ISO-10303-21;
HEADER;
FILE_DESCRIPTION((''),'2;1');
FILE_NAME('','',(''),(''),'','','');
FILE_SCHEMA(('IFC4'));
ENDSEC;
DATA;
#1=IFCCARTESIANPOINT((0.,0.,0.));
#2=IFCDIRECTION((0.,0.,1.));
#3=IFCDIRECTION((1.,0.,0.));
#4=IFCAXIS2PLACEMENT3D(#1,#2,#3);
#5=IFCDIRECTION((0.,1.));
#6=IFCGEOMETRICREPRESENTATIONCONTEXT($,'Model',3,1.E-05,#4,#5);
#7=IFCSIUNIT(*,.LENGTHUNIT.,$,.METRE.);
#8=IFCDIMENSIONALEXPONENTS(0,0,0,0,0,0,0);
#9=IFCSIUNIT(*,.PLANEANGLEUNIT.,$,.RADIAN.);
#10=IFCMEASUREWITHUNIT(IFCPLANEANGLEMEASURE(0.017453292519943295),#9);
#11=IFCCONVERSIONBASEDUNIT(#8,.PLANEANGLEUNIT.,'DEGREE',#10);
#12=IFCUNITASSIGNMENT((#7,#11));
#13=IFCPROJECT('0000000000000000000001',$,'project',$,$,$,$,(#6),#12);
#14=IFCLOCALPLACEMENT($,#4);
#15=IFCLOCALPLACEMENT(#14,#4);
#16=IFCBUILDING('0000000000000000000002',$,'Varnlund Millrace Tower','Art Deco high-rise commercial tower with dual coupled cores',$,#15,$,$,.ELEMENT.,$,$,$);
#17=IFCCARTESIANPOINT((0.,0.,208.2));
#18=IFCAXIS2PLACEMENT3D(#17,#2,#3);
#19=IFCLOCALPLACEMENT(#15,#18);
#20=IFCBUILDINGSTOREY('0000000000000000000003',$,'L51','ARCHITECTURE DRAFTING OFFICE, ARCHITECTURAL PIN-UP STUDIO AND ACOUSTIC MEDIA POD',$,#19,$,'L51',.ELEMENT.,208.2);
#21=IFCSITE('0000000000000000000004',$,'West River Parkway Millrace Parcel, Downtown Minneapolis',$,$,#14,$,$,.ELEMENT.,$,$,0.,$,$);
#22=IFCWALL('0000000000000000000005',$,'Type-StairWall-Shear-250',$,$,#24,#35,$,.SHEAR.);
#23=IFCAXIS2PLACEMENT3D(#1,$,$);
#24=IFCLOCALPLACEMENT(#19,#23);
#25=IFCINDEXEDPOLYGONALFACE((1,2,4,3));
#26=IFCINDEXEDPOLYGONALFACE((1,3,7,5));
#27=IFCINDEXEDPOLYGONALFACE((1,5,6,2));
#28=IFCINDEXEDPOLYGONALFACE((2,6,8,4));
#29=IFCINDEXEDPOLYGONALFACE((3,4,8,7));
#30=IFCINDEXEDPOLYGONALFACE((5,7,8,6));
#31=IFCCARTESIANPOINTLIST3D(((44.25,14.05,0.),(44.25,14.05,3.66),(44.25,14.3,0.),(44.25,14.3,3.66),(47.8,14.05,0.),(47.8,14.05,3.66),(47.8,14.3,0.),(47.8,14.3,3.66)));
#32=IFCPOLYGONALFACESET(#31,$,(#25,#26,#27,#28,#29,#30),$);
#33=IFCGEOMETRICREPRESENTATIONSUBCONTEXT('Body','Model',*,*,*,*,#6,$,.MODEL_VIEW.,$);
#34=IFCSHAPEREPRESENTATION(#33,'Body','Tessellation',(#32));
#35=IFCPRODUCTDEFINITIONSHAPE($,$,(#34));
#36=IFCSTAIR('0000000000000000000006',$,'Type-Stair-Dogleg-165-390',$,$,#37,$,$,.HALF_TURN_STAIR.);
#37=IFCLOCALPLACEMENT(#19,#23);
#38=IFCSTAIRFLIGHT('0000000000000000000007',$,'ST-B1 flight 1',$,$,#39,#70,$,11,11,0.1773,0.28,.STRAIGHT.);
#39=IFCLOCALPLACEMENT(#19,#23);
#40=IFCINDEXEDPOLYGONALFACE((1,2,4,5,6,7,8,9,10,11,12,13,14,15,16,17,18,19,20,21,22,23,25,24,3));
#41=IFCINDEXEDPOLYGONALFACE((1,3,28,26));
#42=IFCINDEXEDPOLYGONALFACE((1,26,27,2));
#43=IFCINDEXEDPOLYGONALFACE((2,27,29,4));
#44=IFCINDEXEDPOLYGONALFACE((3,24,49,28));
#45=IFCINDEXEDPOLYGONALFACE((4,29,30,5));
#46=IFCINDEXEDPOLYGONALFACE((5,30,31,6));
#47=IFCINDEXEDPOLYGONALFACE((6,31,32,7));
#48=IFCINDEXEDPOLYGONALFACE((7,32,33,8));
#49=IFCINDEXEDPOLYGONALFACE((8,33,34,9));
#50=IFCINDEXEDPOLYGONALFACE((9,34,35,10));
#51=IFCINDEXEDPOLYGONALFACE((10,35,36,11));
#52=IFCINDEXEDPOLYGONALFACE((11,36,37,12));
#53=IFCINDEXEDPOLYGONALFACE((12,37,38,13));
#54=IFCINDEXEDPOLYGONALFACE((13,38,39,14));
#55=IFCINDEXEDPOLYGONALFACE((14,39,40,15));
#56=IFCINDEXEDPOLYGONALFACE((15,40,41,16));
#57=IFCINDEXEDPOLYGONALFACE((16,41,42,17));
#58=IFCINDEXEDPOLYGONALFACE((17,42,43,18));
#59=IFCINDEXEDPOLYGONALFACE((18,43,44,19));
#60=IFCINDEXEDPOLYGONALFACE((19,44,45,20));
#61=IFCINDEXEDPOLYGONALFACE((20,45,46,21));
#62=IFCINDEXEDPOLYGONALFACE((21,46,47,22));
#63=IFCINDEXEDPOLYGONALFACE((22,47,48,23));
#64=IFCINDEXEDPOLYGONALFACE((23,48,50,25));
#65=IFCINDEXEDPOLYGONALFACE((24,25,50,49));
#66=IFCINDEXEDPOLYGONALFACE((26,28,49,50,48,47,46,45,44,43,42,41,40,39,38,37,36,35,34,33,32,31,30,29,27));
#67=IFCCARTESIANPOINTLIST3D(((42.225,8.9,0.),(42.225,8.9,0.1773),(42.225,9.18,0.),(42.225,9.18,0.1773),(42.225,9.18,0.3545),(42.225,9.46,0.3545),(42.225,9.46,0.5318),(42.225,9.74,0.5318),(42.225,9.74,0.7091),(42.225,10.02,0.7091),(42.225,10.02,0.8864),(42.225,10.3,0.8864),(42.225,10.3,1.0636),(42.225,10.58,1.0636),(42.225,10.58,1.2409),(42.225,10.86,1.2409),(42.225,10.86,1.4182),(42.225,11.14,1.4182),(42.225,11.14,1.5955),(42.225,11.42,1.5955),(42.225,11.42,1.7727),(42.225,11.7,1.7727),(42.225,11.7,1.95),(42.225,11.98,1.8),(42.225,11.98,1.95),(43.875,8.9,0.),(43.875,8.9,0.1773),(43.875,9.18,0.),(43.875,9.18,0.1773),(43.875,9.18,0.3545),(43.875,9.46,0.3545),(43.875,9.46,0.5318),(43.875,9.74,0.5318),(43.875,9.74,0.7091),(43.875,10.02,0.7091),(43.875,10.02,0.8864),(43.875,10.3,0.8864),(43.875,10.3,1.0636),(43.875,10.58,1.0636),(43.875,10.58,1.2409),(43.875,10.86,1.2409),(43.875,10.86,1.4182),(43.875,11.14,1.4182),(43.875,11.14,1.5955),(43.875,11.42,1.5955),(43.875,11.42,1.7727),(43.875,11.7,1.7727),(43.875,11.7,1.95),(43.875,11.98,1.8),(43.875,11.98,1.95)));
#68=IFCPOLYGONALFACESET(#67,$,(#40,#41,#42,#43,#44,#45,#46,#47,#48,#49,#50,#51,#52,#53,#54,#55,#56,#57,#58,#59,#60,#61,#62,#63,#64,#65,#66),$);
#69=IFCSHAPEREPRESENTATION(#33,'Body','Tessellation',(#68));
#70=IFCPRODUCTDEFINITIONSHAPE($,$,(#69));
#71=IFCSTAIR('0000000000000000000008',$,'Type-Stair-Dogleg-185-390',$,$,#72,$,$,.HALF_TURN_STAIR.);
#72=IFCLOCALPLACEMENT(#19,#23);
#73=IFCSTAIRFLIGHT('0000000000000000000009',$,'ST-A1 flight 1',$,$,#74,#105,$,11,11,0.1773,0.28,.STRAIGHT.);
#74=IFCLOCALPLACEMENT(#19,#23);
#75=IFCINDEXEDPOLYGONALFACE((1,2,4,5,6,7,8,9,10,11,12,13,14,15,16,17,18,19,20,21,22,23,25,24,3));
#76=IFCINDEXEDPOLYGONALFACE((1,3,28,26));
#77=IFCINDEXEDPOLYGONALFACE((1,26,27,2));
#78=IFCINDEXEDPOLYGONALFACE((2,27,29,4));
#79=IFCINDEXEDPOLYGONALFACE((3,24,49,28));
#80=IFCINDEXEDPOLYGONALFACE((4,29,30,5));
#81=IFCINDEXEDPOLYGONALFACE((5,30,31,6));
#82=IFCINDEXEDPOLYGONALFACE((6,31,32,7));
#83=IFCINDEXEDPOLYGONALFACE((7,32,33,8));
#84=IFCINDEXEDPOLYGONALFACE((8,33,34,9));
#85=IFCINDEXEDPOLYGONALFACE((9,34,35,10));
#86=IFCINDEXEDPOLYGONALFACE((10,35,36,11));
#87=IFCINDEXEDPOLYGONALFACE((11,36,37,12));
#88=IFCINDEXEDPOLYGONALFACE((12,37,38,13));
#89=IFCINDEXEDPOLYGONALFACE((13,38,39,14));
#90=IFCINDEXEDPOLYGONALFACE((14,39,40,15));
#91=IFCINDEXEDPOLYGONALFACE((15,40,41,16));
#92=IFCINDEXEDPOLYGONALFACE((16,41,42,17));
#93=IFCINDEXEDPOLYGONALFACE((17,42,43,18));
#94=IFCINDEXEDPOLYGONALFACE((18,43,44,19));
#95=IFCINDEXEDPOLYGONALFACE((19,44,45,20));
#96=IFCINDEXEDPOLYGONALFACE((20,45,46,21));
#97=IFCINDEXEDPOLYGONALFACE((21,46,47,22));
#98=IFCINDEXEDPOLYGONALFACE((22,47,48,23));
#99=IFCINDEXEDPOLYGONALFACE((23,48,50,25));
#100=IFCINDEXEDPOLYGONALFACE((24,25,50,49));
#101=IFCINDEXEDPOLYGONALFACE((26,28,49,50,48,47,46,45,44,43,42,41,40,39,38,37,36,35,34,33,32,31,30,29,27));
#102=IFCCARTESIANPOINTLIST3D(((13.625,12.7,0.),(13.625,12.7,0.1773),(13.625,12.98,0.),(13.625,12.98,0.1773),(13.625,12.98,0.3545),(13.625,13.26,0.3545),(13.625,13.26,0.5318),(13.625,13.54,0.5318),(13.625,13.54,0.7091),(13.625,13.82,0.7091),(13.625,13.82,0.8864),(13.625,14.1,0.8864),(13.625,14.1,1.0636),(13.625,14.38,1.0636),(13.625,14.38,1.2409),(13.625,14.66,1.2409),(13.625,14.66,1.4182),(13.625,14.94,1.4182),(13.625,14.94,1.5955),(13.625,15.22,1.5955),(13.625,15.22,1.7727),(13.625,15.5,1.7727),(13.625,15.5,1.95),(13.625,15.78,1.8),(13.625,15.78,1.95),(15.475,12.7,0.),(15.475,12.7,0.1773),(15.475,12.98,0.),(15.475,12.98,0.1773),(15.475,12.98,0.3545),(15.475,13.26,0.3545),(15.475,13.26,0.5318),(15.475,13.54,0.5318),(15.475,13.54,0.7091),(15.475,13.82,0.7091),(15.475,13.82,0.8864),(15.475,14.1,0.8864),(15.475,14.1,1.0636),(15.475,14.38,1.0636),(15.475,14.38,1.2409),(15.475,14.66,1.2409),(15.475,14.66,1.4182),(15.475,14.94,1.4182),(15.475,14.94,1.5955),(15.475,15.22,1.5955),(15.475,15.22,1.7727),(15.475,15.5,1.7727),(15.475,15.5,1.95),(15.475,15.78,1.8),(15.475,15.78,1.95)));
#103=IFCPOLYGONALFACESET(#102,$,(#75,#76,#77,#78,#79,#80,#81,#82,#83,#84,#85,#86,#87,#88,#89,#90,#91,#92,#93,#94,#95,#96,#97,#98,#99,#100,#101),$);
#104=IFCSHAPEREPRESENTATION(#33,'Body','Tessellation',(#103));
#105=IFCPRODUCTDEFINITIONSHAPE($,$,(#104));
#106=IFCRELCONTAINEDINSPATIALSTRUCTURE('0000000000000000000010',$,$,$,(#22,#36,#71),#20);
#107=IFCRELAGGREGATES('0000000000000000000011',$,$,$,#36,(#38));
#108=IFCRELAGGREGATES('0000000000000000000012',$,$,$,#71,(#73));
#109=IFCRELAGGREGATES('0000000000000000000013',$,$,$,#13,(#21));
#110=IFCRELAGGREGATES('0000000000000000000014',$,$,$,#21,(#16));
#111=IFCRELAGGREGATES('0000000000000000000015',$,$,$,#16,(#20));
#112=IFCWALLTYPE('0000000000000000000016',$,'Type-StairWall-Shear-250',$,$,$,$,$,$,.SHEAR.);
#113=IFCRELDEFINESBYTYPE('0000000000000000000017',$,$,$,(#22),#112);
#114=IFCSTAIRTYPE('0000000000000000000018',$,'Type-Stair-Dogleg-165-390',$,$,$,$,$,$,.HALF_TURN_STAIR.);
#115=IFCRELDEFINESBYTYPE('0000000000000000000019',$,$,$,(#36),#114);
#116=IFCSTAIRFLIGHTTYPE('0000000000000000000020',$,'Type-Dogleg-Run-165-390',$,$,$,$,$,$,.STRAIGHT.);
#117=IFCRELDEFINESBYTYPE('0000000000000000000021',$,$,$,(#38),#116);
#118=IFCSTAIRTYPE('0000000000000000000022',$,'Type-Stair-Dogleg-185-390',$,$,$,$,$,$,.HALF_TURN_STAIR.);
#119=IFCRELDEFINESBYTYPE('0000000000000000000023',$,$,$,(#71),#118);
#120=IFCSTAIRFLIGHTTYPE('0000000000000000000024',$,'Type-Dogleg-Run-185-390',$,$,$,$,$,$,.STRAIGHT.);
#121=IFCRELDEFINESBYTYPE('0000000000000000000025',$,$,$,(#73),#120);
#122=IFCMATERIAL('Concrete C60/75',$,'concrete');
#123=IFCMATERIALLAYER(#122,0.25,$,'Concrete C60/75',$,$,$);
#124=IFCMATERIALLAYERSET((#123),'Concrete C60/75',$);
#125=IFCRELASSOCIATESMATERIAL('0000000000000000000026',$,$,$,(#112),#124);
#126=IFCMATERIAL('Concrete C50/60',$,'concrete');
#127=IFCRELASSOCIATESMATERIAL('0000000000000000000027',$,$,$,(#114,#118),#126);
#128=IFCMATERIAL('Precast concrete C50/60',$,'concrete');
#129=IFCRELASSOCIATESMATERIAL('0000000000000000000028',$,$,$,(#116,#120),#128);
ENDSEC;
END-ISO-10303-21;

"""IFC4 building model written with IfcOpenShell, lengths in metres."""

from ifc_helpers import new_model, entity, si_unit, converted_unit, direction, frame, origin_with_axes, place, context, subcontext, project, spatial, polyline, outline, extrude, material, layer, layer_set, type_object, element, aggregate, save


model = new_model("IFC4")

# Units and contexts
model_context = context("Model", 3, precision=1e-05, world=origin_with_axes(), true_north=direction((0.0, 1.0)))
body_context = subcontext(model_context, "Body", "Model", "MODEL_VIEW")
ifc_project = project(units=[si_unit("LENGTHUNIT", "METRE"), converted_unit("PLANEANGLEUNIT", "DEGREE", entity("IfcPlaneAngleMeasure", 0.017453292519943295), si_unit("PLANEANGLEUNIT", "RADIAN"), dimensions=[0, 0, 0, 0, 0, 0, 0])], contexts=[model_context])

# Site, building, storey
site_placement = place(None, origin_with_axes())
site = spatial("IfcSite", under=ifc_project, at=site_placement, Name="West River Parkway Millrace Parcel, Downtown Minneapolis", CompositionType="ELEMENT", RefElevation=0.0)
building_placement = place(site_placement, origin_with_axes())
building = spatial("IfcBuilding", under=site, at=building_placement, Name="Varnlund Millrace Tower", Description="Art Deco high-rise commercial tower with dual coupled cores", CompositionType="ELEMENT")
storey_placement = place(building_placement, frame((0.0, 0.0, 208.2), z_axis=(0.0, 0.0, 1.0), x_axis=(1.0, 0.0, 0.0)))
storey = spatial("IfcBuildingStorey", under=building, at=storey_placement, Name="L51", Description="ARCHITECTURE DRAFTING OFFICE, ARCHITECTURAL PIN-UP STUDIO AND ACOUSTIC MEDIA POD", LongName="L51", CompositionType="ELEMENT", Elevation=208.2)

# Shared definitions
ifc_material_1 = material(Name="Concrete C60/75", Category="concrete")
ifc_layer_1 = layer(ifc_material_1, 0.25, Name="Concrete C60/75")
ifc_layer_set_1 = layer_set([ifc_layer_1], Name="Concrete C60/75")

# Wall
wall_type_1 = type_object("IfcWallType", Name="Type-StairWall-Shear-250", PredefinedType="SHEAR", material=ifc_layer_set_1)
for number, where, z_axis, x_axis, name in (
    (1, (44.25, 14.175, 0.0), (0.0, 0.0, 1.0), (1.0, 0.0, 0.0), "Type-StairWall-Shear-250"),
):
    element("IfcWall", number, at=place(storey_placement, frame(where, z_axis=z_axis, x_axis=x_axis)), inside=storey, type_object=wall_type_1, Name=name, PredefinedType="SHEAR", context=body_context, shape_type="SweptSolid", body=[
        extrude(outline(polyline([(0.0, -0.125), (3.55, -0.125), (3.55, 0.125), (0.0, 0.125), (0.0, -0.125)])), origin_with_axes(), (0.0, 0.0, 1.0), 3.66),
    ])

# Stairs, stair flights
ifc_material_2 = material(Name="Concrete C50/60", Category="concrete")
stair_type_1 = type_object("IfcStairType", Name="Type-Stair-Dogleg-165-390", PredefinedType="HALF_TURN_STAIR", material=ifc_material_2)
stair_1_placement = place(storey_placement, origin_with_axes())
stair_1 = element("IfcStair", 2, at=stair_1_placement, inside=storey, type_object=stair_type_1, Name="Type-Stair-Dogleg-165-390", PredefinedType="HALF_TURN_STAIR")
ifc_material_3 = material(Name="Precast concrete C50/60", Category="concrete")
stair_flight_type_1 = type_object("IfcStairFlightType", Name="Type-Dogleg-Run-165-390", PredefinedType="STRAIGHT", material=ifc_material_3)
stair_flight_1_placement = place(storey_placement, frame((42.225, 8.9, 0.0), z_axis=(1.0, 0.0, 0.0), x_axis=(0.0, 1.0, 0.0)))
stair_flight_1 = element("IfcStairFlight", 3, at=stair_flight_1_placement, type_object=stair_flight_type_1, Name="ST-B1 flight 1", NumberOfRisers=11, NumberOfTreads=11, PredefinedType="STRAIGHT", RiserHeight=0.1773, TreadLength=0.28, context=body_context, shape_type="SweptSolid", body=[
    extrude(outline(polyline([(0.0, 0.0), (0.0, 0.1773), (0.28, 0.1773), (0.28, 0.3545), (0.56, 0.3545), (0.56, 0.5318), (0.84, 0.5318), (0.84, 0.7091), (1.12, 0.7091), (1.12, 0.8864), (1.4, 0.8864), (1.4, 1.0636), (1.68, 1.0636), (1.68, 1.2409), (1.96, 1.2409), (1.96, 1.4182), (2.24, 1.4182), (2.24, 1.5955), (2.52, 1.5955), (2.52, 1.7727), (2.8, 1.7727), (2.8, 1.95), (3.08, 1.95), (3.08, 1.8), (0.28, 0.0), (0.0, 0.0)])), origin_with_axes(), (0.0, 0.0, 1.0), 1.65),
])
aggregate(stair_1, [stair_flight_1])
stair_type_2 = type_object("IfcStairType", Name="Type-Stair-Dogleg-185-390", PredefinedType="HALF_TURN_STAIR", material=ifc_material_2)
stair_2_placement = place(storey_placement, origin_with_axes())
stair_2 = element("IfcStair", 4, at=stair_2_placement, inside=storey, type_object=stair_type_2, Name="Type-Stair-Dogleg-185-390", PredefinedType="HALF_TURN_STAIR")
stair_flight_type_2 = type_object("IfcStairFlightType", Name="Type-Dogleg-Run-185-390", PredefinedType="STRAIGHT", material=ifc_material_3)
stair_flight_2_placement = place(storey_placement, frame((13.625, 12.7, 0.0), z_axis=(1.0, 0.0, 0.0), x_axis=(0.0, 1.0, 0.0)))
stair_flight_2 = element("IfcStairFlight", 5, at=stair_flight_2_placement, type_object=stair_flight_type_2, Name="ST-A1 flight 1", NumberOfRisers=11, NumberOfTreads=11, PredefinedType="STRAIGHT", RiserHeight=0.1773, TreadLength=0.28, context=body_context, shape_type="SweptSolid", body=[
    extrude(outline(polyline([(0.0, 0.0), (0.0, 0.1773), (0.28, 0.1773), (0.28, 0.3545), (0.56, 0.3545), (0.56, 0.5318), (0.84, 0.5318), (0.84, 0.7091), (1.12, 0.7091), (1.12, 0.8864), (1.4, 0.8864), (1.4, 1.0636), (1.68, 1.0636), (1.68, 1.2409), (1.96, 1.2409), (1.96, 1.4182), (2.24, 1.4182), (2.24, 1.5955), (2.52, 1.5955), (2.52, 1.7727), (2.8, 1.7727), (2.8, 1.95), (3.08, 1.95), (3.08, 1.8), (0.28, 0.0), (0.0, 0.0)])), origin_with_axes(), (0.0, 0.0, 1.0), 1.85),
])
aggregate(stair_2, [stair_flight_2])

save(model, "model.ifc")
